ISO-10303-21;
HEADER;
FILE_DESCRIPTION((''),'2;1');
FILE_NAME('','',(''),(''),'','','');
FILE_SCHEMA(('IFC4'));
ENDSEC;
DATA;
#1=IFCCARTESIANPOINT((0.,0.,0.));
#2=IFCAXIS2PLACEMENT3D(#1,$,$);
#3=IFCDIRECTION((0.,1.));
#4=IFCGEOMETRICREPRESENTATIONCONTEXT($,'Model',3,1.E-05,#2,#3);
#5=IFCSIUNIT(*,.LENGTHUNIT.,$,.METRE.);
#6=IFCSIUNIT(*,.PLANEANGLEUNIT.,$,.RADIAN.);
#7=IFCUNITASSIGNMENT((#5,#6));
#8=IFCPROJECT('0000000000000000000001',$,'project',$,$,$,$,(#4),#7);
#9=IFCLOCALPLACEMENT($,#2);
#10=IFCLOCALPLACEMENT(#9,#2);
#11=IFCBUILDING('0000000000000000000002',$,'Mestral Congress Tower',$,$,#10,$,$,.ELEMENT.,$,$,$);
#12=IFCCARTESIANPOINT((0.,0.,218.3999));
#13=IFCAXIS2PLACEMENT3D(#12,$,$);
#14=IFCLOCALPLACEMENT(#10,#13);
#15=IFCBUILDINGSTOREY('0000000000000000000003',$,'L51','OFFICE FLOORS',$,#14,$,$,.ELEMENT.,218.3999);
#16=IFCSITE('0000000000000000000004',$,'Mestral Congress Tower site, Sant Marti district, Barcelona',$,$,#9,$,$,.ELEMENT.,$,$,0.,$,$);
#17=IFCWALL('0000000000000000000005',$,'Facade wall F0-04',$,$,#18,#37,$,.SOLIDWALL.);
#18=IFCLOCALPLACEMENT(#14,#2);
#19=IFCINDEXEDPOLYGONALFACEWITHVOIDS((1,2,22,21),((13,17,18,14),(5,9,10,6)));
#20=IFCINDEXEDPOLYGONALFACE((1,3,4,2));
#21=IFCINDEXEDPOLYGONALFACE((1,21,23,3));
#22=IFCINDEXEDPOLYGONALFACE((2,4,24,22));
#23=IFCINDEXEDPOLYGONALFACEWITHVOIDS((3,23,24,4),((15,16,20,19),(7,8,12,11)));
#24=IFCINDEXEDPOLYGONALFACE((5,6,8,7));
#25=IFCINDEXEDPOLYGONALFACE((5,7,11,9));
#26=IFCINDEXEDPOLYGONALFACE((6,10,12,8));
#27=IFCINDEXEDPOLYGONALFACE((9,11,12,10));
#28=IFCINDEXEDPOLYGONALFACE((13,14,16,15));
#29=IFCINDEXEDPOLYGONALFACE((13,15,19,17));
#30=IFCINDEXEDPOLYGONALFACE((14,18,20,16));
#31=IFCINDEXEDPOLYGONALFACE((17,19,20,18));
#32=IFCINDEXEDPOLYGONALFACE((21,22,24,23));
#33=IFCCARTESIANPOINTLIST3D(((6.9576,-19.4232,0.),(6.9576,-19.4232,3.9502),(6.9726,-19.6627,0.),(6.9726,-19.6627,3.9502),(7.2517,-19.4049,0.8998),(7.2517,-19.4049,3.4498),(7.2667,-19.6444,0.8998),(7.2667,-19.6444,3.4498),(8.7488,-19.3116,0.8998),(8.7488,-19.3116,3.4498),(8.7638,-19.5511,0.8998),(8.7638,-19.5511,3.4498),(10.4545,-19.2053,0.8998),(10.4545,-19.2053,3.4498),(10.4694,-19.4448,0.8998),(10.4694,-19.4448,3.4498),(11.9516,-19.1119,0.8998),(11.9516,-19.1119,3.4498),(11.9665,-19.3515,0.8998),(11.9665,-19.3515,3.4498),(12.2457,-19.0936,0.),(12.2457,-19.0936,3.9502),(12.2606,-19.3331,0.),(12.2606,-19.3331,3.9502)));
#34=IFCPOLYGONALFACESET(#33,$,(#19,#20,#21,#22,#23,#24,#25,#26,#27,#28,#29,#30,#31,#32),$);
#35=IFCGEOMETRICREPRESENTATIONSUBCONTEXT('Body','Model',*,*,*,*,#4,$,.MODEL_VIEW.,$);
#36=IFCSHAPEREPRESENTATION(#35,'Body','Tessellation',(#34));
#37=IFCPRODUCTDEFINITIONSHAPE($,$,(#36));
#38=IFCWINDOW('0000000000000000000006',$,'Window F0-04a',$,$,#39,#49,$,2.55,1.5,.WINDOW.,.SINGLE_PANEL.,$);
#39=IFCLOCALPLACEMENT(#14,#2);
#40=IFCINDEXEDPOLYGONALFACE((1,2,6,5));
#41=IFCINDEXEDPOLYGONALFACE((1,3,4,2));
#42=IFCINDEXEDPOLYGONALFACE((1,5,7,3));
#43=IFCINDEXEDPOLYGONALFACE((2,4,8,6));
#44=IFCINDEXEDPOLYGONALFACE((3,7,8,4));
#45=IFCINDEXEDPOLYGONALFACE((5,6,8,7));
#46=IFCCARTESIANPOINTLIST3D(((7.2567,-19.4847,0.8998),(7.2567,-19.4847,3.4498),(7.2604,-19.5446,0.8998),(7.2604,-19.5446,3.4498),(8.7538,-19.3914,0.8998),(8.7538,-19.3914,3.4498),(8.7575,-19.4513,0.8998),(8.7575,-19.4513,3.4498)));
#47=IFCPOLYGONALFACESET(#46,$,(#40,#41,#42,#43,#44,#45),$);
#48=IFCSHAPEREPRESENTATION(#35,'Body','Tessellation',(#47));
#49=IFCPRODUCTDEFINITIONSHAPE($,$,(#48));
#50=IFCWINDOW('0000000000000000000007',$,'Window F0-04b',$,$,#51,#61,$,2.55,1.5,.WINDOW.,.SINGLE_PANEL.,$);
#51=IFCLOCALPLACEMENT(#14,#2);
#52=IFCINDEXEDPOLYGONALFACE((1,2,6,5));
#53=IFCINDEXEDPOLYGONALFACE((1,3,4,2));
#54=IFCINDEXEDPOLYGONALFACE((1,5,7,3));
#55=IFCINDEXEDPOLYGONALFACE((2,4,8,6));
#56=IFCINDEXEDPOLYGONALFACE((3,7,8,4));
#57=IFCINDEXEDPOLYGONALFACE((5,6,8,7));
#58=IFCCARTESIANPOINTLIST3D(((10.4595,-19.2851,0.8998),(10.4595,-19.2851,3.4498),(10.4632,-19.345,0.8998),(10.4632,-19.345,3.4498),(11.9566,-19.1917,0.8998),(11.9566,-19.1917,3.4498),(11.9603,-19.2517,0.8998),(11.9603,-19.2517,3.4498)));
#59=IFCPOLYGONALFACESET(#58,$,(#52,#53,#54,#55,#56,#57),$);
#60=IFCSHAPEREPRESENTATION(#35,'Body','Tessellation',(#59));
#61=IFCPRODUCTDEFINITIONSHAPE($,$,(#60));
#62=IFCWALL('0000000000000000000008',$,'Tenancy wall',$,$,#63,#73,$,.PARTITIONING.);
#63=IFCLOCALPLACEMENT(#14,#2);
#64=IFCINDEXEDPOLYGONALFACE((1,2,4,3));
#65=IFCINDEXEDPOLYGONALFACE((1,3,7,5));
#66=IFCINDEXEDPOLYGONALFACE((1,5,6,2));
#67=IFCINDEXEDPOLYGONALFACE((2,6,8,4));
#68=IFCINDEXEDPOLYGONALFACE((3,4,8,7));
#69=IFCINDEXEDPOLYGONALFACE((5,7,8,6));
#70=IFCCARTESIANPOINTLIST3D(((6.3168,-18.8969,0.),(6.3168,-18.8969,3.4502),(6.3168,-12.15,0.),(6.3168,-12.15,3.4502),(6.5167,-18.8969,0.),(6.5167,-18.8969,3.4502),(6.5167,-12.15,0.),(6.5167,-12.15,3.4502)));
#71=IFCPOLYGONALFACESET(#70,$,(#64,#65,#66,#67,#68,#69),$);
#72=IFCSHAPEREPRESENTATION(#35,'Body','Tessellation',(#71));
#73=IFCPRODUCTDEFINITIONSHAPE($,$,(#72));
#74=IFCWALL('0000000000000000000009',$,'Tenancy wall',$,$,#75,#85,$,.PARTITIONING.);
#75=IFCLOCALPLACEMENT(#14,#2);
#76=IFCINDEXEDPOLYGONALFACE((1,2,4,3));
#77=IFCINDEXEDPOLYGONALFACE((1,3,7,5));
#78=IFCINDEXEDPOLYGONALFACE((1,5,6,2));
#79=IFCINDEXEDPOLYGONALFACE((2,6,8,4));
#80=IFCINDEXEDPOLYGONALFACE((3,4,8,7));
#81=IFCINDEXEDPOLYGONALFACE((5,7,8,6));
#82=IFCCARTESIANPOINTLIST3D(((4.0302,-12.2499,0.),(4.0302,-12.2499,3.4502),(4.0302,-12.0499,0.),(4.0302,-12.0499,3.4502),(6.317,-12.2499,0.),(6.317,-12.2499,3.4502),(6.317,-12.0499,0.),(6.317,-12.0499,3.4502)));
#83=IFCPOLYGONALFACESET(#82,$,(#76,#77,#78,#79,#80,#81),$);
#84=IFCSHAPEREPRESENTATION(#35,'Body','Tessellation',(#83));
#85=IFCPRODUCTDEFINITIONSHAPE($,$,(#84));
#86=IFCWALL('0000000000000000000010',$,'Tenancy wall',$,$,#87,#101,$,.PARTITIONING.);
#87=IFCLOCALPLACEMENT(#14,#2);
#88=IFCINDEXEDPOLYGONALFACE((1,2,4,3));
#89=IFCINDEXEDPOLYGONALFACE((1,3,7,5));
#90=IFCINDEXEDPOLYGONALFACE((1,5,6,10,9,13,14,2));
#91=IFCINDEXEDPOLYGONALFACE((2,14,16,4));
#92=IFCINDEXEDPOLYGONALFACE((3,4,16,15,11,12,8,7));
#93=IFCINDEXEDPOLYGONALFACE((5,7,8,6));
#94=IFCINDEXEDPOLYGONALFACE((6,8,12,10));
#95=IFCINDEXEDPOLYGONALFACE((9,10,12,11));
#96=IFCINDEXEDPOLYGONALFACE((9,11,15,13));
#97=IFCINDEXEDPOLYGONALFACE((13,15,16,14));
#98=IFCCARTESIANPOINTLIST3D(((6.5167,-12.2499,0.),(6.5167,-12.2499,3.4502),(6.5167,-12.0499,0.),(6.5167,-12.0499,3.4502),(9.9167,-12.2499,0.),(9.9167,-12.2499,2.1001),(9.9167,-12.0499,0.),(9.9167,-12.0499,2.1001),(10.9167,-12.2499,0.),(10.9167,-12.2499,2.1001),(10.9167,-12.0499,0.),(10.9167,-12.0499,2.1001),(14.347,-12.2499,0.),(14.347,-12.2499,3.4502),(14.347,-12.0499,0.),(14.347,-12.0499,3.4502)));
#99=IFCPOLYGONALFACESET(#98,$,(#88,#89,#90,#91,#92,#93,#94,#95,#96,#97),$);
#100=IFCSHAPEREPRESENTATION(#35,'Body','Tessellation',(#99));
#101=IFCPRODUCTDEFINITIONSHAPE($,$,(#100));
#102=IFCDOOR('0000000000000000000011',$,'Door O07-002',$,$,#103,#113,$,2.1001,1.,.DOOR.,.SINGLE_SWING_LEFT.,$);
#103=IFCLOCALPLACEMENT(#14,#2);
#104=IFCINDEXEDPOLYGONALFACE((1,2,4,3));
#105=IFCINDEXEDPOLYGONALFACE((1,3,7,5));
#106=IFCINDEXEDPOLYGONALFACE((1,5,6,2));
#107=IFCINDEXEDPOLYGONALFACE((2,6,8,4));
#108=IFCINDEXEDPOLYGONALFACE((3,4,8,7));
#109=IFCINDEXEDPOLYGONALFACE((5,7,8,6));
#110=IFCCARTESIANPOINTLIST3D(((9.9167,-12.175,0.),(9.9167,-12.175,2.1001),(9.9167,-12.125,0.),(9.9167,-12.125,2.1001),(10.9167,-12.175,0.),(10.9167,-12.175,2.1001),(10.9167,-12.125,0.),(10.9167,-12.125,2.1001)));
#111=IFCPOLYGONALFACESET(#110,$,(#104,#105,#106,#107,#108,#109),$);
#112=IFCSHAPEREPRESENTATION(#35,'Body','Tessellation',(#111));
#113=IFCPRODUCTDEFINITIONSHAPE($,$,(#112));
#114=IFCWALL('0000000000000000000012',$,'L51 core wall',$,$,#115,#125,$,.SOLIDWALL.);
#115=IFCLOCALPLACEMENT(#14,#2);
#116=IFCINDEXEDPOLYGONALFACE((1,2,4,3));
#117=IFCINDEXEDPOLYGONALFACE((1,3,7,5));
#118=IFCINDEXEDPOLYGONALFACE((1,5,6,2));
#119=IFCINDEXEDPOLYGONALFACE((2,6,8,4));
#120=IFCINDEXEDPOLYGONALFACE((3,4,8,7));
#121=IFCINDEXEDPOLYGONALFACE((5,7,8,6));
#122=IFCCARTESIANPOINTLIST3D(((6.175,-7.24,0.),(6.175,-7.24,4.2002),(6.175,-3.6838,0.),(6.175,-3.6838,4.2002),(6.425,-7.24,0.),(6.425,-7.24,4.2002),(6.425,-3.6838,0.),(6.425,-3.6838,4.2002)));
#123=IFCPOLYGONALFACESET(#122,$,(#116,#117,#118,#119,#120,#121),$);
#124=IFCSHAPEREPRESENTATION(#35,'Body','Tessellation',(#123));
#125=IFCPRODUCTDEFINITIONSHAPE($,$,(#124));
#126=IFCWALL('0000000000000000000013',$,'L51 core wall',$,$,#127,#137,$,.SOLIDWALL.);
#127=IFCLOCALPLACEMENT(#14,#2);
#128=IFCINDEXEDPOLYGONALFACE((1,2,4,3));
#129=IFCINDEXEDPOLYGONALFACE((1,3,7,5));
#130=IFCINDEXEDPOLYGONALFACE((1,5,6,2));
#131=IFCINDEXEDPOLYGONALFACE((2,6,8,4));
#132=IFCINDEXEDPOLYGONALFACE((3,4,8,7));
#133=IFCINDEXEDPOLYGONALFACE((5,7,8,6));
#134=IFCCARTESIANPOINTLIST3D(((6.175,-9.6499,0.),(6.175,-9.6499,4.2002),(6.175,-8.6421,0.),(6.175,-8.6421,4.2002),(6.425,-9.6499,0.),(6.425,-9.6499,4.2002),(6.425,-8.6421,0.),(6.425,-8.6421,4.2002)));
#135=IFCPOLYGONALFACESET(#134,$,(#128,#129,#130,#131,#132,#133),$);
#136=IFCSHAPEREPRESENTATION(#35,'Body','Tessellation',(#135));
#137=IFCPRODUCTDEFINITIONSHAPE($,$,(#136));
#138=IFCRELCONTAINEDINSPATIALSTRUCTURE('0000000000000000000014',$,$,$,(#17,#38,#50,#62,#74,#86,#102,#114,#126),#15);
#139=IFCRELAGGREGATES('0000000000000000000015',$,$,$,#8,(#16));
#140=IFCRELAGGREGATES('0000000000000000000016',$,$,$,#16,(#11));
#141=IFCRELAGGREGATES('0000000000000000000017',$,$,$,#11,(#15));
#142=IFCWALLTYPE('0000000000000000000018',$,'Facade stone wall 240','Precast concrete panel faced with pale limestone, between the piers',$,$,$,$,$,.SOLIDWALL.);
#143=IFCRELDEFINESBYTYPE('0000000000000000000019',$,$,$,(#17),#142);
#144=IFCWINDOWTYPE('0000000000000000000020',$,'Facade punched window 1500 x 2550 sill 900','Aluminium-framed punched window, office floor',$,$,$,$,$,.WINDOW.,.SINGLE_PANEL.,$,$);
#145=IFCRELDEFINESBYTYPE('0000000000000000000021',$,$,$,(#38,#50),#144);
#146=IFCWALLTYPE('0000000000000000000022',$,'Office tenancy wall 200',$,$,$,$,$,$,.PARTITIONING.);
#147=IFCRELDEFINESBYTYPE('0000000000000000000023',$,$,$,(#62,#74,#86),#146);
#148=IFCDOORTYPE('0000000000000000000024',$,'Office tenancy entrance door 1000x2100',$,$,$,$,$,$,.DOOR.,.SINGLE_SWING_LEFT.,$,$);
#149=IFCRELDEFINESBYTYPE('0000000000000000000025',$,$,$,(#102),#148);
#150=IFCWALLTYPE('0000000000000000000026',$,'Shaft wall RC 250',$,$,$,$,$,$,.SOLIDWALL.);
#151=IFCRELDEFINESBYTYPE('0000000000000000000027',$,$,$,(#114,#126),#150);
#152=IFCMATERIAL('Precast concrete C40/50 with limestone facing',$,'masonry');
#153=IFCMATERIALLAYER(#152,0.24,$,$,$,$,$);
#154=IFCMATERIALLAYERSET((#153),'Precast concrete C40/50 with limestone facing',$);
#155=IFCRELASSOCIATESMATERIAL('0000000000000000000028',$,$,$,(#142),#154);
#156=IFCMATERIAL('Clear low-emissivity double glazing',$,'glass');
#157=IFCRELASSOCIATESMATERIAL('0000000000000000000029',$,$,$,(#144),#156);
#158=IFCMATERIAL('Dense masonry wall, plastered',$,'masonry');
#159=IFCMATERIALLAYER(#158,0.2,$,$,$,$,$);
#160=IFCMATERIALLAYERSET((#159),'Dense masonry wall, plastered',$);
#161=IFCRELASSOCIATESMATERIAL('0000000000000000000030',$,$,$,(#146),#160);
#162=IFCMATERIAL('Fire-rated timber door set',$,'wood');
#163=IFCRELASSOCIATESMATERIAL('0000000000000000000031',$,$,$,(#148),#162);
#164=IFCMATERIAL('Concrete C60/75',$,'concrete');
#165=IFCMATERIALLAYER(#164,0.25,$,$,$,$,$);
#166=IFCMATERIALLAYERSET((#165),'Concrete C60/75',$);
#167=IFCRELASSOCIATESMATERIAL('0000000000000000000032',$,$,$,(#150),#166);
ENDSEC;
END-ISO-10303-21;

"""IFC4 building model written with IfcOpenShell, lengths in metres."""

from ifc_helpers import new_model, si_unit, direction, frame, frame_2d, origin, place, context, subcontext, project, spatial, rectangle, extrude, material, layer, layer_set, type_object, element, fill, save


model = new_model("IFC4")

# Units and contexts
model_context = context("Model", 3, precision=1e-05, world=origin(), true_north=direction((0.0, 1.0)))
body_context = subcontext(model_context, "Body", "Model", "MODEL_VIEW")
ifc_project = project(units=[si_unit("LENGTHUNIT", "METRE"), si_unit("PLANEANGLEUNIT", "RADIAN")], contexts=[model_context])

# Site, building, storey
site_placement = place(None, origin())
site = spatial("IfcSite", under=ifc_project, at=site_placement, Name="Mestral Congress Tower site, Sant Marti district, Barcelona", CompositionType="ELEMENT", RefElevation=0.0)
building_placement = place(site_placement, origin())
building = spatial("IfcBuilding", under=site, at=building_placement, Name="Mestral Congress Tower", CompositionType="ELEMENT")
storey_placement = place(building_placement, frame((0.0, 0.0, 218.3999)))
storey = spatial("IfcBuildingStorey", under=building, at=storey_placement, Name="L51", Description="OFFICE FLOORS", CompositionType="ELEMENT", Elevation=218.3999)

# Shared definitions
ifc_material_1 = material(Name="Concrete C60/75", Category="concrete")

# Wall, openings, windows
ifc_material_2 = material(Name="Precast concrete C40/50 with limestone facing", Category="masonry")
ifc_layer_1 = layer(ifc_material_2, 0.24)
ifc_layer_set_1 = layer_set([ifc_layer_1], Name="Precast concrete C40/50 with limestone facing")
wall_type_1 = type_object("IfcWallType", Name="Facade stone wall 240", Description="Precast concrete panel faced with pale limestone, between the piers", PredefinedType="SOLIDWALL", material=ifc_layer_set_1)
ifc_material_3 = material(Name="Clear low-emissivity double glazing", Category="glass")
window_type = type_object("IfcWindowType", Name="Facade punched window 1500 x 2550 sill 900", Description="Aluminium-framed punched window, office floor", PartitioningType="SINGLE_PANEL", PredefinedType="WINDOW", material=ifc_material_3)
wall_1_placement = place(storey_placement, frame((6.9651, -19.543, 0.0), z_axis=(0.0, 0.0, 1.0), x_axis=(0.998063, 0.062206, 0.0)))
wall_1 = element("IfcWall", 1, at=wall_1_placement, inside=storey, type_object=wall_type_1, Name="Facade wall F0-04", PredefinedType="SOLIDWALL", context=body_context, shape_type="SweptSolid", body=[
    extrude(rectangle(XDim=5.2983, YDim=0.24, at=frame_2d((2.6492, 0.0))), origin(), (0.0, 0.0, 1.0), 3.9502),
])
opening_1_placement = place(wall_1_placement, frame((0.2947, 0.0, 0.8999)))
opening_1 = element("IfcOpeningElement", 2, at=opening_1_placement, cuts=wall_1, PredefinedType="OPENING", context=body_context, shape_type="SweptSolid", body=[
    extrude(rectangle(XDim=1.5, YDim=2.55, at=frame_2d((0.75, 1.2749))), frame((0.0, 0.1299, 0.0), z_axis=(0.0, -1.0, 0.0), x_axis=(1.0, 0.0, 0.0)), (0.0, 0.0, 1.0), 0.26),
])
opening_2_placement = place(wall_1_placement, frame((3.5037, 0.0, 0.8999)))
opening_2 = element("IfcOpeningElement", 3, at=opening_2_placement, cuts=wall_1, PredefinedType="OPENING", context=body_context, shape_type="SweptSolid", body=[
    extrude(rectangle(XDim=1.5, YDim=2.55, at=frame_2d((0.75, 1.2749))), frame((0.0, 0.1299, 0.0), z_axis=(0.0, -1.0, 0.0), x_axis=(1.0, 0.0, 0.0)), (0.0, 0.0, 1.0), 0.26),
])
window_1_placement = place(opening_1_placement, origin())
window_1 = element("IfcWindow", 4, at=window_1_placement, inside=storey, type_object=window_type, Name="Window F0-04a", OverallHeight=2.55, OverallWidth=1.5, PartitioningType="SINGLE_PANEL", PredefinedType="WINDOW", context=body_context, shape_type="SweptSolid", body=[
    extrude(rectangle(XDim=1.5, YDim=2.55, at=frame_2d((0.75, 1.2749))), frame((0.0, 0.04, 0.0), z_axis=(0.0, -1.0, 0.0), x_axis=(1.0, 0.0, 0.0)), (0.0, 0.0, 1.0), 0.0601),
])
fill(opening_1, window_1)
window_2_placement = place(opening_2_placement, origin())
window_2 = element("IfcWindow", 5, at=window_2_placement, inside=storey, type_object=window_type, Name="Window F0-04b", OverallHeight=2.55, OverallWidth=1.5, PartitioningType="SINGLE_PANEL", PredefinedType="WINDOW", context=body_context, shape_type="SweptSolid", body=[
    extrude(rectangle(XDim=1.5, YDim=2.55, at=frame_2d((0.75, 1.2749))), frame((0.0, 0.04, 0.0), z_axis=(0.0, -1.0, 0.0), x_axis=(1.0, 0.0, 0.0)), (0.0, 0.0, 1.0), 0.0601),
])
fill(opening_2, window_2)

# Walls
ifc_material_4 = material(Name="Dense masonry wall, plastered", Category="masonry")
ifc_layer_2 = layer(ifc_material_4, 0.2)
ifc_layer_set_2 = layer_set([ifc_layer_2], Name="Dense masonry wall, plastered")
wall_type_2 = type_object("IfcWallType", Name="Office tenancy wall 200", PredefinedType="PARTITIONING", material=ifc_layer_set_2)
wall_2_placement = place(storey_placement, frame((6.4167, -12.1499, 0.0), z_axis=(0.0, 0.0, 1.0), x_axis=(0.0, -1.0, 0.0)))
element("IfcWall", 6, at=wall_2_placement, inside=storey, type_object=wall_type_2, Name="Tenancy wall", PredefinedType="PARTITIONING", context=body_context, shape_type="SweptSolid", body=[
    extrude(rectangle(XDim=6.7468, YDim=0.2, at=frame_2d((3.3735, 0.0))), origin(), (0.0, 0.0, 1.0), 3.4502),
])
wall_3_placement = place(storey_placement, frame((4.03, -12.1499, 0.0), z_axis=(0.0, 0.0, 1.0), x_axis=(1.0, 0.0, 0.0)))
element("IfcWall", 7, at=wall_3_placement, inside=storey, type_object=wall_type_2, Name="Tenancy wall", PredefinedType="PARTITIONING", context=body_context, shape_type="SweptSolid", body=[
    extrude(rectangle(XDim=2.2869, YDim=0.2, at=frame_2d((1.1436, 0.0))), origin(), (0.0, 0.0, 1.0), 3.4502),
])

# Wall, opening, door
wall_4_placement = place(storey_placement, frame((6.5168, -12.1499, 0.0), z_axis=(0.0, 0.0, 1.0), x_axis=(1.0, 0.0, 0.0)))
wall_4 = element("IfcWall", 8, at=wall_4_placement, inside=storey, type_object=wall_type_2, Name="Tenancy wall", PredefinedType="PARTITIONING", context=body_context, shape_type="SweptSolid", body=[
    extrude(rectangle(XDim=7.8303, YDim=0.2, at=frame_2d((3.915, 0.0))), origin(), (0.0, 0.0, 1.0), 3.4502),
])
opening_3_placement = place(wall_4_placement, frame((3.3999, 0.0, 0.0)))
opening_3 = element("IfcOpeningElement", 9, at=opening_3_placement, cuts=wall_4, PredefinedType="OPENING", context=body_context, shape_type="SweptSolid", body=[
    extrude(rectangle(XDim=1.0, YDim=2.1001, at=frame_2d((0.5, 1.05))), frame((0.0, 0.1099, 0.0), z_axis=(0.0, -1.0, 0.0), x_axis=(1.0, 0.0, 0.0)), (0.0, 0.0, 1.0), 0.22),
])
ifc_material_5 = material(Name="Fire-rated timber door set", Category="wood")
door_type_1 = type_object("IfcDoorType", Name="Office tenancy entrance door 1000x2100", OperationType="SINGLE_SWING_LEFT", PredefinedType="DOOR", material=ifc_material_5)
door_1_placement = place(opening_3_placement, origin())
door_1 = element("IfcDoor", 10, at=door_1_placement, inside=storey, type_object=door_type_1, Name="Door O07-002", OperationType="SINGLE_SWING_LEFT", OverallHeight=2.1001, OverallWidth=1.0, PredefinedType="DOOR", context=body_context, shape_type="SweptSolid", body=[
    extrude(rectangle(XDim=1.0, YDim=2.1001, at=frame_2d((0.5, 1.05))), frame((0.0, 0.0249, 0.0), z_axis=(0.0, -1.0, 0.0), x_axis=(1.0, 0.0, 0.0)), (0.0, 0.0, 1.0), 0.05),
])
fill(opening_3, door_1)

# Walls
ifc_layer_3 = layer(ifc_material_1, 0.25)
ifc_layer_set_3 = layer_set([ifc_layer_3], Name="Concrete C60/75")
wall_type_3 = type_object("IfcWallType", Name="Shaft wall RC 250", PredefinedType="SOLIDWALL", material=ifc_layer_set_3)
wall_5_placement = place(storey_placement, frame((6.3, -7.24, 0.0), z_axis=(0.0, 0.0, 1.0), x_axis=(0.0, 1.0, 0.0)))
element("IfcWall", 11, at=wall_5_placement, inside=storey, type_object=wall_type_3, Name="L51 core wall", PredefinedType="SOLIDWALL", context=body_context, shape_type="SweptSolid", body=[
    extrude(rectangle(XDim=3.5562, YDim=0.25, at=frame_2d((1.7781, 0.0))), origin(), (0.0, 0.0, 1.0), 4.2002),
])
wall_6_placement = place(storey_placement, frame((6.3, -9.6499, 0.0), z_axis=(0.0, 0.0, 1.0), x_axis=(0.0, 1.0, 0.0)))
element("IfcWall", 12, at=wall_6_placement, inside=storey, type_object=wall_type_3, Name="L51 core wall", PredefinedType="SOLIDWALL", context=body_context, shape_type="SweptSolid", body=[
    extrude(rectangle(XDim=1.0078, YDim=0.25, at=frame_2d((0.5039, 0.0))), origin(), (0.0, 0.0, 1.0), 4.2002),
])

save(model, "model.ifc")
